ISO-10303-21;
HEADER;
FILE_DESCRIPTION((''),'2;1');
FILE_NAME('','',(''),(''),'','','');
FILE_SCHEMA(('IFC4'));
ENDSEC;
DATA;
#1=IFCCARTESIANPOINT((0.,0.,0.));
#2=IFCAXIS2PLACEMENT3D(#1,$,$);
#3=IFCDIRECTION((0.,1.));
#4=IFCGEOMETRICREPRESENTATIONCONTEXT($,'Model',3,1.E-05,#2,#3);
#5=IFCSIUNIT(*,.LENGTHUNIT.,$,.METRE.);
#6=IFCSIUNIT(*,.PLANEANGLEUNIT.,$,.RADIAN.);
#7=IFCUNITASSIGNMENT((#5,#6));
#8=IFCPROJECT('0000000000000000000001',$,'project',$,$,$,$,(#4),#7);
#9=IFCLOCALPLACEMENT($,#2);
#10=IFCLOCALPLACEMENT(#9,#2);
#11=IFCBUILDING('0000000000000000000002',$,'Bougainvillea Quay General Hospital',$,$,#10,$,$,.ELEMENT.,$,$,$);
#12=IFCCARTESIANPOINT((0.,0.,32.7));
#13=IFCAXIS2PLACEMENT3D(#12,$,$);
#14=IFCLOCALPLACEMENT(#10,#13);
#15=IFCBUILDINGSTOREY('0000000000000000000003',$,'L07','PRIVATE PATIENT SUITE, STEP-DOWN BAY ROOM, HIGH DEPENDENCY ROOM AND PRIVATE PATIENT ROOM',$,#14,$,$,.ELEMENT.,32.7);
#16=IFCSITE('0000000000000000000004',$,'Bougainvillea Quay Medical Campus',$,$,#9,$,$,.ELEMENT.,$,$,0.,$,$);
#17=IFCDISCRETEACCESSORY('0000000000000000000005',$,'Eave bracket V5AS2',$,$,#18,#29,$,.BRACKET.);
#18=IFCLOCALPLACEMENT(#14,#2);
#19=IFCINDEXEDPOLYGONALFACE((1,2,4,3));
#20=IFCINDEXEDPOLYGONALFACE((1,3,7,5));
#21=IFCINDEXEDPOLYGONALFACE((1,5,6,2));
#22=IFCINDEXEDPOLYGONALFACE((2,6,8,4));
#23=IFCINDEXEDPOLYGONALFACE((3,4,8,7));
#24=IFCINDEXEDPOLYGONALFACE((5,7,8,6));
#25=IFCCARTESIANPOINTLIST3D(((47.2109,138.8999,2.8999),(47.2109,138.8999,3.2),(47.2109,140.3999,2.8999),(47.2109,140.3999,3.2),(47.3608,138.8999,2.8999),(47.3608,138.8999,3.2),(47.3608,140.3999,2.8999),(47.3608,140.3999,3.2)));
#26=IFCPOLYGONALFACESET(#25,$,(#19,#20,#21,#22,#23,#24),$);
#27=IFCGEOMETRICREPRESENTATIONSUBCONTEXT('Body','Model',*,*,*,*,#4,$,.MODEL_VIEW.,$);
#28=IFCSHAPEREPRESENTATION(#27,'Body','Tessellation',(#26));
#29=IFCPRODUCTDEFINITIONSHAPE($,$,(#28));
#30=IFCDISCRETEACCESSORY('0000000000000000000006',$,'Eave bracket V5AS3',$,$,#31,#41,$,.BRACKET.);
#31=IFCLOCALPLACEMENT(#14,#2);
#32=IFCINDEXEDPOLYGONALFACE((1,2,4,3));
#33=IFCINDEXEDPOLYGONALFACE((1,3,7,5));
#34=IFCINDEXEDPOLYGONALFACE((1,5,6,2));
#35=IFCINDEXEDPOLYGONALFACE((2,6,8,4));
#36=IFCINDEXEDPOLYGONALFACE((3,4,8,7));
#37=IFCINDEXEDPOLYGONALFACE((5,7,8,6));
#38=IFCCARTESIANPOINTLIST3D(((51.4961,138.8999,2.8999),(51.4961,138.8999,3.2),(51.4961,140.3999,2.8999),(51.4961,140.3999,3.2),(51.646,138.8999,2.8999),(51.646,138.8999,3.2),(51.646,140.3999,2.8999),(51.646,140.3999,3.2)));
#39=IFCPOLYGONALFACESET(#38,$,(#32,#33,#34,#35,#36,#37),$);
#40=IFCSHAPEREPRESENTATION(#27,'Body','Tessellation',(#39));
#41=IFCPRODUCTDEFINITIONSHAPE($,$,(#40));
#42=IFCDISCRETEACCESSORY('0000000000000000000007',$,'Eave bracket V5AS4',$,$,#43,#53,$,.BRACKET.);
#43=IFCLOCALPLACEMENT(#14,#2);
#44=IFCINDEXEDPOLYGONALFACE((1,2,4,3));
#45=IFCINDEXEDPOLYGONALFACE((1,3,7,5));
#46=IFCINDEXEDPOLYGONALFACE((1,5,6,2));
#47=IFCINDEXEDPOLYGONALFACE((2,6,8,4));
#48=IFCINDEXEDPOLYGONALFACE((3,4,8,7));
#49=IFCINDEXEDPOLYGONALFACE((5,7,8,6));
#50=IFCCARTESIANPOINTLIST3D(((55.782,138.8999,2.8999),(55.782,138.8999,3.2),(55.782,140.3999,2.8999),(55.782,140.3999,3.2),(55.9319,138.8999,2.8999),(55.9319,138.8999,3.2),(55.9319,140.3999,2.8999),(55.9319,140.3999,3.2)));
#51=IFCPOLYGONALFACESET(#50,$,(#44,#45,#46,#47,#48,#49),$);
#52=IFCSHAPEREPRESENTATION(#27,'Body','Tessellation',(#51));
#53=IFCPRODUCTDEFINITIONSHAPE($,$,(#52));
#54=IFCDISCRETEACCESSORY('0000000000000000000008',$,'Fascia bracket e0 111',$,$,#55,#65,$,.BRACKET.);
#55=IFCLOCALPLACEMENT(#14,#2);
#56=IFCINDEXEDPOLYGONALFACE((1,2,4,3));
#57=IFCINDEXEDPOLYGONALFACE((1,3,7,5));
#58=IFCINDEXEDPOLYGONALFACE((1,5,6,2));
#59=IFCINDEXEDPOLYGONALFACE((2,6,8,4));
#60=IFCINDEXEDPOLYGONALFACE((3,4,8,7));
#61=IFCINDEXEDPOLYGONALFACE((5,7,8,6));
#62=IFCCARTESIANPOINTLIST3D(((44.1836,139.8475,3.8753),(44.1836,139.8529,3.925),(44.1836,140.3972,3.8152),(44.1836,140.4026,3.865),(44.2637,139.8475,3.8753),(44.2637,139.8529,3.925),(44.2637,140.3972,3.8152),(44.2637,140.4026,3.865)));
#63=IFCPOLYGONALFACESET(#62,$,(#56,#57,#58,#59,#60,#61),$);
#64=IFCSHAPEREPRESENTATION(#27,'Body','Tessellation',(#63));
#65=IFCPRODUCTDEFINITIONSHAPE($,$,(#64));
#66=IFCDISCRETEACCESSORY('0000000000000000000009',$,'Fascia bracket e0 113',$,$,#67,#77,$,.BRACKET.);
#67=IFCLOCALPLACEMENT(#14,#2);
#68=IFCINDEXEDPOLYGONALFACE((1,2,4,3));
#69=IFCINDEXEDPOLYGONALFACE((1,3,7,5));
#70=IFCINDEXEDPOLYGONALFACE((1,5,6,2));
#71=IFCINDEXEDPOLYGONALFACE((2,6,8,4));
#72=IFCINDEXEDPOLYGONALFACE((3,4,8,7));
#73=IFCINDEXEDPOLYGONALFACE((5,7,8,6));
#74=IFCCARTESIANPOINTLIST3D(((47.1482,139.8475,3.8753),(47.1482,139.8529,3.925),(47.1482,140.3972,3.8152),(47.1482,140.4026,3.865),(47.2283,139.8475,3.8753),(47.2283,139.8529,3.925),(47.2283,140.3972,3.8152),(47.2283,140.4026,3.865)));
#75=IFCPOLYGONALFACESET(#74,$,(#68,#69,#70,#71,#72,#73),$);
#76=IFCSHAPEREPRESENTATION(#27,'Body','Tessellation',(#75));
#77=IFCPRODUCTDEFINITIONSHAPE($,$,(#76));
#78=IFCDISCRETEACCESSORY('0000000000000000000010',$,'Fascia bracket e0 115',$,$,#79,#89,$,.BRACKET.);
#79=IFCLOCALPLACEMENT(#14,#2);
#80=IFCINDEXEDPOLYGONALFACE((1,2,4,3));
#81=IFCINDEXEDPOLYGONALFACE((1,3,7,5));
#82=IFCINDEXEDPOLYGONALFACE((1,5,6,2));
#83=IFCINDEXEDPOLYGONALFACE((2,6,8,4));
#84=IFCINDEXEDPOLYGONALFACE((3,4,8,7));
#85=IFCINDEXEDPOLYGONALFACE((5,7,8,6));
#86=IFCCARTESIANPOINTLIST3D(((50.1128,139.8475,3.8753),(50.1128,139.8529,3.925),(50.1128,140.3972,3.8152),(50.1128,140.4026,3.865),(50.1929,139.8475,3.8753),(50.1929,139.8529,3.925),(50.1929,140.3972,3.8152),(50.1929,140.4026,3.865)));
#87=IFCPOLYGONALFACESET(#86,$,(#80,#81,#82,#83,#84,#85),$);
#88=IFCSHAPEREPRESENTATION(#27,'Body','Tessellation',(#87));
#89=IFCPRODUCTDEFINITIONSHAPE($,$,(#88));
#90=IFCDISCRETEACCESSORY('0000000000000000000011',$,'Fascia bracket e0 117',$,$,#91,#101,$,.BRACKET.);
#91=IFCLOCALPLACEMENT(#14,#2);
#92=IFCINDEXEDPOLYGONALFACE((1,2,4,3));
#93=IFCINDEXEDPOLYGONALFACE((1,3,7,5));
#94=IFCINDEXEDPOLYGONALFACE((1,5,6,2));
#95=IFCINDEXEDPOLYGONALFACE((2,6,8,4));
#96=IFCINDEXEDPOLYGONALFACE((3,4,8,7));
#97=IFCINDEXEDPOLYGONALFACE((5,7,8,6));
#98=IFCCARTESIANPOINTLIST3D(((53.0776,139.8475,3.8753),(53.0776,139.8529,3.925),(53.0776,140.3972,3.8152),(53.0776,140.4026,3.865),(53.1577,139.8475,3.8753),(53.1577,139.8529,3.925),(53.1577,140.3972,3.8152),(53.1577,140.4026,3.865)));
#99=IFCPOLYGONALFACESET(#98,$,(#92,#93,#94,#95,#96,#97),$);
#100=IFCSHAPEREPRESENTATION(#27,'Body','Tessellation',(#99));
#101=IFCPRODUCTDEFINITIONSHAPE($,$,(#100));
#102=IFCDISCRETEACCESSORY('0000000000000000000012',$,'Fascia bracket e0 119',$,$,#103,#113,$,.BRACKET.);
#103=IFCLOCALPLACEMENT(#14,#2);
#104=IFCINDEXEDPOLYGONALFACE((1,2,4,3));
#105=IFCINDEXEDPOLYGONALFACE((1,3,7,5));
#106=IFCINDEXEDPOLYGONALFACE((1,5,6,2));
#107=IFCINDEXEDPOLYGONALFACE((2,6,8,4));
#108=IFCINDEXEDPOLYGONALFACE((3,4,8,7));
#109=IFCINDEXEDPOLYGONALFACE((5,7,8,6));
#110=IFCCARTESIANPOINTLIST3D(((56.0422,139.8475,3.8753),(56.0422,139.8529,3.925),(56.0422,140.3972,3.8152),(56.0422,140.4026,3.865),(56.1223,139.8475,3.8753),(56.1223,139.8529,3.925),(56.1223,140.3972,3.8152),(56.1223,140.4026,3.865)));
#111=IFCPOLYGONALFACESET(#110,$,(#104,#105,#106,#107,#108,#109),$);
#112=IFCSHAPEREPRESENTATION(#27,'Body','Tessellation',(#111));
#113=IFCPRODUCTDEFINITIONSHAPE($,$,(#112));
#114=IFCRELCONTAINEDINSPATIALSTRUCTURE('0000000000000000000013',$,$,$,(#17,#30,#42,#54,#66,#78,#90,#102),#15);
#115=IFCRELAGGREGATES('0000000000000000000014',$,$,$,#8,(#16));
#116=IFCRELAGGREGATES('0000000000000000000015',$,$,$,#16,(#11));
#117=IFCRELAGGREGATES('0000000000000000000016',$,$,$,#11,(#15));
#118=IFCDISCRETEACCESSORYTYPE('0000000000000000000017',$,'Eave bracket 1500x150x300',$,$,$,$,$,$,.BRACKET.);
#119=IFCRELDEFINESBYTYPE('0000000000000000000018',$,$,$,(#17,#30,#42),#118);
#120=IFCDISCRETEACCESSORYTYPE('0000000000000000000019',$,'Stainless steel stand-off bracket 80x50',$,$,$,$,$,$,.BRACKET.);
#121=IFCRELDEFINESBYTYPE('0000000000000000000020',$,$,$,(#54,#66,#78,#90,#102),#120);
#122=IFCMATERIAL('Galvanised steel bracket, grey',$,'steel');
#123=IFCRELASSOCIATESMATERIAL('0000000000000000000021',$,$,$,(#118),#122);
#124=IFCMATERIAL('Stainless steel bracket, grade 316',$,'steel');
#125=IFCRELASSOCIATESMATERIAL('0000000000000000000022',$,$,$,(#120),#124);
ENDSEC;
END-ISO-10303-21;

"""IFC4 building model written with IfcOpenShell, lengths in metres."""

from ifc_helpers import new_model, si_unit, direction, frame, origin, origin_2d, place, context, subcontext, project, spatial, rectangle, extrude, material, material_profile, profile_set, type_object, element, save


model = new_model("IFC4")

# Units and contexts
model_context = context("Model", 3, precision=1e-05, world=origin(), true_north=direction((0.0, 1.0)))
body_context = subcontext(model_context, "Body", "Model", "MODEL_VIEW")
ifc_project = project(units=[si_unit("LENGTHUNIT", "METRE"), si_unit("PLANEANGLEUNIT", "RADIAN")], contexts=[model_context])

# Site, building, storey
site_placement = place(None, origin())
site = spatial("IfcSite", under=ifc_project, at=site_placement, Name="Bougainvillea Quay Medical Campus", CompositionType="ELEMENT", RefElevation=0.0)
building_placement = place(site_placement, origin())
building = spatial("IfcBuilding", under=site, at=building_placement, Name="Bougainvillea Quay General Hospital", CompositionType="ELEMENT")
storey_placement = place(building_placement, frame((0.0, 0.0, 32.7)))
storey = spatial("IfcBuildingStorey", under=building, at=storey_placement, Name="L07", Description="PRIVATE PATIENT SUITE, STEP-DOWN BAY ROOM, HIGH DEPENDENCY ROOM AND PRIVATE PATIENT ROOM", CompositionType="ELEMENT", Elevation=32.7)

# Discrete accessories
ifc_material_1 = material(Name="Galvanised steel bracket, grey", Category="steel")
discrete_accessory_type_1 = type_object("IfcDiscreteAccessoryType", Name="Eave bracket 1500x150x300", PredefinedType="BRACKET", material=ifc_material_1)
for number, where, z_axis, x_axis, name in (
    (1, (47.2859, 139.6499, 2.8999), (0.0, 0.0, 1.0), (1.0, 0.0, 0.0), "Eave bracket V5AS2"),
    (2, (51.571, 139.6499, 2.8999), (0.0, 0.0, 1.0), (1.0, 0.0, 0.0), "Eave bracket V5AS3"),
    (3, (55.8569, 139.6499, 2.8999), (0.0, 0.0, 1.0), (1.0, 0.0, 0.0), "Eave bracket V5AS4"),
):
    element("IfcDiscreteAccessory", number, at=place(storey_placement, frame(where, z_axis=z_axis, x_axis=x_axis)), inside=storey, type_object=discrete_accessory_type_1, Name=name, PredefinedType="BRACKET", context=body_context, shape_type="SweptSolid", body=[
        extrude(rectangle(XDim=0.1499, YDim=1.5, at=origin_2d()), origin(), (0.0, 0.0, 1.0), 0.3),
    ])
ifc_material_2 = material(Name="Stainless steel bracket, grade 316", Category="steel")
ifc_material_profile_1 = material_profile(ifc_material_2, rectangle(XDim=0.0801, YDim=0.05, at=origin_2d()))
ifc_profile_set_1 = profile_set([ifc_material_profile_1], Name="Stainless steel bracket, grade 316")
discrete_accessory_type_2 = type_object("IfcDiscreteAccessoryType", Name="Stainless steel stand-off bracket 80x50", PredefinedType="BRACKET", material=ifc_profile_set_1)
for number, where, z_axis, x_axis, name in (
    (4, (44.2236, 140.3999, 3.8401), (0.0, -0.994087, 0.10859), (1.0, 0.0, 0.0), "Fascia bracket e0 111"),
    (5, (47.1882, 140.3999, 3.8401), (0.0, -0.994087, 0.10859), (1.0, 0.0, 0.0), "Fascia bracket e0 113"),
    (6, (50.1528, 140.3999, 3.8401), (0.0, -0.994087, 0.10859), (1.0, 0.0, 0.0), "Fascia bracket e0 115"),
    (7, (53.1177, 140.3999, 3.8401), (0.0, -0.994087, 0.10859), (1.0, 0.0, 0.0), "Fascia bracket e0 117"),
    (8, (56.0823, 140.3999, 3.8401), (0.0, -0.994087, 0.10859), (1.0, 0.0, 0.0), "Fascia bracket e0 119"),
):
    element("IfcDiscreteAccessory", number, at=place(storey_placement, frame(where, z_axis=z_axis, x_axis=x_axis)), inside=storey, type_object=discrete_accessory_type_2, Name=name, PredefinedType="BRACKET", context=body_context, shape_type="SweptSolid", body=[
        extrude(rectangle(XDim=0.0801, YDim=0.05, at=origin_2d()), origin(), (0.0, 0.0, 1.0), 0.553),
    ])

save(model, "model.ifc")
